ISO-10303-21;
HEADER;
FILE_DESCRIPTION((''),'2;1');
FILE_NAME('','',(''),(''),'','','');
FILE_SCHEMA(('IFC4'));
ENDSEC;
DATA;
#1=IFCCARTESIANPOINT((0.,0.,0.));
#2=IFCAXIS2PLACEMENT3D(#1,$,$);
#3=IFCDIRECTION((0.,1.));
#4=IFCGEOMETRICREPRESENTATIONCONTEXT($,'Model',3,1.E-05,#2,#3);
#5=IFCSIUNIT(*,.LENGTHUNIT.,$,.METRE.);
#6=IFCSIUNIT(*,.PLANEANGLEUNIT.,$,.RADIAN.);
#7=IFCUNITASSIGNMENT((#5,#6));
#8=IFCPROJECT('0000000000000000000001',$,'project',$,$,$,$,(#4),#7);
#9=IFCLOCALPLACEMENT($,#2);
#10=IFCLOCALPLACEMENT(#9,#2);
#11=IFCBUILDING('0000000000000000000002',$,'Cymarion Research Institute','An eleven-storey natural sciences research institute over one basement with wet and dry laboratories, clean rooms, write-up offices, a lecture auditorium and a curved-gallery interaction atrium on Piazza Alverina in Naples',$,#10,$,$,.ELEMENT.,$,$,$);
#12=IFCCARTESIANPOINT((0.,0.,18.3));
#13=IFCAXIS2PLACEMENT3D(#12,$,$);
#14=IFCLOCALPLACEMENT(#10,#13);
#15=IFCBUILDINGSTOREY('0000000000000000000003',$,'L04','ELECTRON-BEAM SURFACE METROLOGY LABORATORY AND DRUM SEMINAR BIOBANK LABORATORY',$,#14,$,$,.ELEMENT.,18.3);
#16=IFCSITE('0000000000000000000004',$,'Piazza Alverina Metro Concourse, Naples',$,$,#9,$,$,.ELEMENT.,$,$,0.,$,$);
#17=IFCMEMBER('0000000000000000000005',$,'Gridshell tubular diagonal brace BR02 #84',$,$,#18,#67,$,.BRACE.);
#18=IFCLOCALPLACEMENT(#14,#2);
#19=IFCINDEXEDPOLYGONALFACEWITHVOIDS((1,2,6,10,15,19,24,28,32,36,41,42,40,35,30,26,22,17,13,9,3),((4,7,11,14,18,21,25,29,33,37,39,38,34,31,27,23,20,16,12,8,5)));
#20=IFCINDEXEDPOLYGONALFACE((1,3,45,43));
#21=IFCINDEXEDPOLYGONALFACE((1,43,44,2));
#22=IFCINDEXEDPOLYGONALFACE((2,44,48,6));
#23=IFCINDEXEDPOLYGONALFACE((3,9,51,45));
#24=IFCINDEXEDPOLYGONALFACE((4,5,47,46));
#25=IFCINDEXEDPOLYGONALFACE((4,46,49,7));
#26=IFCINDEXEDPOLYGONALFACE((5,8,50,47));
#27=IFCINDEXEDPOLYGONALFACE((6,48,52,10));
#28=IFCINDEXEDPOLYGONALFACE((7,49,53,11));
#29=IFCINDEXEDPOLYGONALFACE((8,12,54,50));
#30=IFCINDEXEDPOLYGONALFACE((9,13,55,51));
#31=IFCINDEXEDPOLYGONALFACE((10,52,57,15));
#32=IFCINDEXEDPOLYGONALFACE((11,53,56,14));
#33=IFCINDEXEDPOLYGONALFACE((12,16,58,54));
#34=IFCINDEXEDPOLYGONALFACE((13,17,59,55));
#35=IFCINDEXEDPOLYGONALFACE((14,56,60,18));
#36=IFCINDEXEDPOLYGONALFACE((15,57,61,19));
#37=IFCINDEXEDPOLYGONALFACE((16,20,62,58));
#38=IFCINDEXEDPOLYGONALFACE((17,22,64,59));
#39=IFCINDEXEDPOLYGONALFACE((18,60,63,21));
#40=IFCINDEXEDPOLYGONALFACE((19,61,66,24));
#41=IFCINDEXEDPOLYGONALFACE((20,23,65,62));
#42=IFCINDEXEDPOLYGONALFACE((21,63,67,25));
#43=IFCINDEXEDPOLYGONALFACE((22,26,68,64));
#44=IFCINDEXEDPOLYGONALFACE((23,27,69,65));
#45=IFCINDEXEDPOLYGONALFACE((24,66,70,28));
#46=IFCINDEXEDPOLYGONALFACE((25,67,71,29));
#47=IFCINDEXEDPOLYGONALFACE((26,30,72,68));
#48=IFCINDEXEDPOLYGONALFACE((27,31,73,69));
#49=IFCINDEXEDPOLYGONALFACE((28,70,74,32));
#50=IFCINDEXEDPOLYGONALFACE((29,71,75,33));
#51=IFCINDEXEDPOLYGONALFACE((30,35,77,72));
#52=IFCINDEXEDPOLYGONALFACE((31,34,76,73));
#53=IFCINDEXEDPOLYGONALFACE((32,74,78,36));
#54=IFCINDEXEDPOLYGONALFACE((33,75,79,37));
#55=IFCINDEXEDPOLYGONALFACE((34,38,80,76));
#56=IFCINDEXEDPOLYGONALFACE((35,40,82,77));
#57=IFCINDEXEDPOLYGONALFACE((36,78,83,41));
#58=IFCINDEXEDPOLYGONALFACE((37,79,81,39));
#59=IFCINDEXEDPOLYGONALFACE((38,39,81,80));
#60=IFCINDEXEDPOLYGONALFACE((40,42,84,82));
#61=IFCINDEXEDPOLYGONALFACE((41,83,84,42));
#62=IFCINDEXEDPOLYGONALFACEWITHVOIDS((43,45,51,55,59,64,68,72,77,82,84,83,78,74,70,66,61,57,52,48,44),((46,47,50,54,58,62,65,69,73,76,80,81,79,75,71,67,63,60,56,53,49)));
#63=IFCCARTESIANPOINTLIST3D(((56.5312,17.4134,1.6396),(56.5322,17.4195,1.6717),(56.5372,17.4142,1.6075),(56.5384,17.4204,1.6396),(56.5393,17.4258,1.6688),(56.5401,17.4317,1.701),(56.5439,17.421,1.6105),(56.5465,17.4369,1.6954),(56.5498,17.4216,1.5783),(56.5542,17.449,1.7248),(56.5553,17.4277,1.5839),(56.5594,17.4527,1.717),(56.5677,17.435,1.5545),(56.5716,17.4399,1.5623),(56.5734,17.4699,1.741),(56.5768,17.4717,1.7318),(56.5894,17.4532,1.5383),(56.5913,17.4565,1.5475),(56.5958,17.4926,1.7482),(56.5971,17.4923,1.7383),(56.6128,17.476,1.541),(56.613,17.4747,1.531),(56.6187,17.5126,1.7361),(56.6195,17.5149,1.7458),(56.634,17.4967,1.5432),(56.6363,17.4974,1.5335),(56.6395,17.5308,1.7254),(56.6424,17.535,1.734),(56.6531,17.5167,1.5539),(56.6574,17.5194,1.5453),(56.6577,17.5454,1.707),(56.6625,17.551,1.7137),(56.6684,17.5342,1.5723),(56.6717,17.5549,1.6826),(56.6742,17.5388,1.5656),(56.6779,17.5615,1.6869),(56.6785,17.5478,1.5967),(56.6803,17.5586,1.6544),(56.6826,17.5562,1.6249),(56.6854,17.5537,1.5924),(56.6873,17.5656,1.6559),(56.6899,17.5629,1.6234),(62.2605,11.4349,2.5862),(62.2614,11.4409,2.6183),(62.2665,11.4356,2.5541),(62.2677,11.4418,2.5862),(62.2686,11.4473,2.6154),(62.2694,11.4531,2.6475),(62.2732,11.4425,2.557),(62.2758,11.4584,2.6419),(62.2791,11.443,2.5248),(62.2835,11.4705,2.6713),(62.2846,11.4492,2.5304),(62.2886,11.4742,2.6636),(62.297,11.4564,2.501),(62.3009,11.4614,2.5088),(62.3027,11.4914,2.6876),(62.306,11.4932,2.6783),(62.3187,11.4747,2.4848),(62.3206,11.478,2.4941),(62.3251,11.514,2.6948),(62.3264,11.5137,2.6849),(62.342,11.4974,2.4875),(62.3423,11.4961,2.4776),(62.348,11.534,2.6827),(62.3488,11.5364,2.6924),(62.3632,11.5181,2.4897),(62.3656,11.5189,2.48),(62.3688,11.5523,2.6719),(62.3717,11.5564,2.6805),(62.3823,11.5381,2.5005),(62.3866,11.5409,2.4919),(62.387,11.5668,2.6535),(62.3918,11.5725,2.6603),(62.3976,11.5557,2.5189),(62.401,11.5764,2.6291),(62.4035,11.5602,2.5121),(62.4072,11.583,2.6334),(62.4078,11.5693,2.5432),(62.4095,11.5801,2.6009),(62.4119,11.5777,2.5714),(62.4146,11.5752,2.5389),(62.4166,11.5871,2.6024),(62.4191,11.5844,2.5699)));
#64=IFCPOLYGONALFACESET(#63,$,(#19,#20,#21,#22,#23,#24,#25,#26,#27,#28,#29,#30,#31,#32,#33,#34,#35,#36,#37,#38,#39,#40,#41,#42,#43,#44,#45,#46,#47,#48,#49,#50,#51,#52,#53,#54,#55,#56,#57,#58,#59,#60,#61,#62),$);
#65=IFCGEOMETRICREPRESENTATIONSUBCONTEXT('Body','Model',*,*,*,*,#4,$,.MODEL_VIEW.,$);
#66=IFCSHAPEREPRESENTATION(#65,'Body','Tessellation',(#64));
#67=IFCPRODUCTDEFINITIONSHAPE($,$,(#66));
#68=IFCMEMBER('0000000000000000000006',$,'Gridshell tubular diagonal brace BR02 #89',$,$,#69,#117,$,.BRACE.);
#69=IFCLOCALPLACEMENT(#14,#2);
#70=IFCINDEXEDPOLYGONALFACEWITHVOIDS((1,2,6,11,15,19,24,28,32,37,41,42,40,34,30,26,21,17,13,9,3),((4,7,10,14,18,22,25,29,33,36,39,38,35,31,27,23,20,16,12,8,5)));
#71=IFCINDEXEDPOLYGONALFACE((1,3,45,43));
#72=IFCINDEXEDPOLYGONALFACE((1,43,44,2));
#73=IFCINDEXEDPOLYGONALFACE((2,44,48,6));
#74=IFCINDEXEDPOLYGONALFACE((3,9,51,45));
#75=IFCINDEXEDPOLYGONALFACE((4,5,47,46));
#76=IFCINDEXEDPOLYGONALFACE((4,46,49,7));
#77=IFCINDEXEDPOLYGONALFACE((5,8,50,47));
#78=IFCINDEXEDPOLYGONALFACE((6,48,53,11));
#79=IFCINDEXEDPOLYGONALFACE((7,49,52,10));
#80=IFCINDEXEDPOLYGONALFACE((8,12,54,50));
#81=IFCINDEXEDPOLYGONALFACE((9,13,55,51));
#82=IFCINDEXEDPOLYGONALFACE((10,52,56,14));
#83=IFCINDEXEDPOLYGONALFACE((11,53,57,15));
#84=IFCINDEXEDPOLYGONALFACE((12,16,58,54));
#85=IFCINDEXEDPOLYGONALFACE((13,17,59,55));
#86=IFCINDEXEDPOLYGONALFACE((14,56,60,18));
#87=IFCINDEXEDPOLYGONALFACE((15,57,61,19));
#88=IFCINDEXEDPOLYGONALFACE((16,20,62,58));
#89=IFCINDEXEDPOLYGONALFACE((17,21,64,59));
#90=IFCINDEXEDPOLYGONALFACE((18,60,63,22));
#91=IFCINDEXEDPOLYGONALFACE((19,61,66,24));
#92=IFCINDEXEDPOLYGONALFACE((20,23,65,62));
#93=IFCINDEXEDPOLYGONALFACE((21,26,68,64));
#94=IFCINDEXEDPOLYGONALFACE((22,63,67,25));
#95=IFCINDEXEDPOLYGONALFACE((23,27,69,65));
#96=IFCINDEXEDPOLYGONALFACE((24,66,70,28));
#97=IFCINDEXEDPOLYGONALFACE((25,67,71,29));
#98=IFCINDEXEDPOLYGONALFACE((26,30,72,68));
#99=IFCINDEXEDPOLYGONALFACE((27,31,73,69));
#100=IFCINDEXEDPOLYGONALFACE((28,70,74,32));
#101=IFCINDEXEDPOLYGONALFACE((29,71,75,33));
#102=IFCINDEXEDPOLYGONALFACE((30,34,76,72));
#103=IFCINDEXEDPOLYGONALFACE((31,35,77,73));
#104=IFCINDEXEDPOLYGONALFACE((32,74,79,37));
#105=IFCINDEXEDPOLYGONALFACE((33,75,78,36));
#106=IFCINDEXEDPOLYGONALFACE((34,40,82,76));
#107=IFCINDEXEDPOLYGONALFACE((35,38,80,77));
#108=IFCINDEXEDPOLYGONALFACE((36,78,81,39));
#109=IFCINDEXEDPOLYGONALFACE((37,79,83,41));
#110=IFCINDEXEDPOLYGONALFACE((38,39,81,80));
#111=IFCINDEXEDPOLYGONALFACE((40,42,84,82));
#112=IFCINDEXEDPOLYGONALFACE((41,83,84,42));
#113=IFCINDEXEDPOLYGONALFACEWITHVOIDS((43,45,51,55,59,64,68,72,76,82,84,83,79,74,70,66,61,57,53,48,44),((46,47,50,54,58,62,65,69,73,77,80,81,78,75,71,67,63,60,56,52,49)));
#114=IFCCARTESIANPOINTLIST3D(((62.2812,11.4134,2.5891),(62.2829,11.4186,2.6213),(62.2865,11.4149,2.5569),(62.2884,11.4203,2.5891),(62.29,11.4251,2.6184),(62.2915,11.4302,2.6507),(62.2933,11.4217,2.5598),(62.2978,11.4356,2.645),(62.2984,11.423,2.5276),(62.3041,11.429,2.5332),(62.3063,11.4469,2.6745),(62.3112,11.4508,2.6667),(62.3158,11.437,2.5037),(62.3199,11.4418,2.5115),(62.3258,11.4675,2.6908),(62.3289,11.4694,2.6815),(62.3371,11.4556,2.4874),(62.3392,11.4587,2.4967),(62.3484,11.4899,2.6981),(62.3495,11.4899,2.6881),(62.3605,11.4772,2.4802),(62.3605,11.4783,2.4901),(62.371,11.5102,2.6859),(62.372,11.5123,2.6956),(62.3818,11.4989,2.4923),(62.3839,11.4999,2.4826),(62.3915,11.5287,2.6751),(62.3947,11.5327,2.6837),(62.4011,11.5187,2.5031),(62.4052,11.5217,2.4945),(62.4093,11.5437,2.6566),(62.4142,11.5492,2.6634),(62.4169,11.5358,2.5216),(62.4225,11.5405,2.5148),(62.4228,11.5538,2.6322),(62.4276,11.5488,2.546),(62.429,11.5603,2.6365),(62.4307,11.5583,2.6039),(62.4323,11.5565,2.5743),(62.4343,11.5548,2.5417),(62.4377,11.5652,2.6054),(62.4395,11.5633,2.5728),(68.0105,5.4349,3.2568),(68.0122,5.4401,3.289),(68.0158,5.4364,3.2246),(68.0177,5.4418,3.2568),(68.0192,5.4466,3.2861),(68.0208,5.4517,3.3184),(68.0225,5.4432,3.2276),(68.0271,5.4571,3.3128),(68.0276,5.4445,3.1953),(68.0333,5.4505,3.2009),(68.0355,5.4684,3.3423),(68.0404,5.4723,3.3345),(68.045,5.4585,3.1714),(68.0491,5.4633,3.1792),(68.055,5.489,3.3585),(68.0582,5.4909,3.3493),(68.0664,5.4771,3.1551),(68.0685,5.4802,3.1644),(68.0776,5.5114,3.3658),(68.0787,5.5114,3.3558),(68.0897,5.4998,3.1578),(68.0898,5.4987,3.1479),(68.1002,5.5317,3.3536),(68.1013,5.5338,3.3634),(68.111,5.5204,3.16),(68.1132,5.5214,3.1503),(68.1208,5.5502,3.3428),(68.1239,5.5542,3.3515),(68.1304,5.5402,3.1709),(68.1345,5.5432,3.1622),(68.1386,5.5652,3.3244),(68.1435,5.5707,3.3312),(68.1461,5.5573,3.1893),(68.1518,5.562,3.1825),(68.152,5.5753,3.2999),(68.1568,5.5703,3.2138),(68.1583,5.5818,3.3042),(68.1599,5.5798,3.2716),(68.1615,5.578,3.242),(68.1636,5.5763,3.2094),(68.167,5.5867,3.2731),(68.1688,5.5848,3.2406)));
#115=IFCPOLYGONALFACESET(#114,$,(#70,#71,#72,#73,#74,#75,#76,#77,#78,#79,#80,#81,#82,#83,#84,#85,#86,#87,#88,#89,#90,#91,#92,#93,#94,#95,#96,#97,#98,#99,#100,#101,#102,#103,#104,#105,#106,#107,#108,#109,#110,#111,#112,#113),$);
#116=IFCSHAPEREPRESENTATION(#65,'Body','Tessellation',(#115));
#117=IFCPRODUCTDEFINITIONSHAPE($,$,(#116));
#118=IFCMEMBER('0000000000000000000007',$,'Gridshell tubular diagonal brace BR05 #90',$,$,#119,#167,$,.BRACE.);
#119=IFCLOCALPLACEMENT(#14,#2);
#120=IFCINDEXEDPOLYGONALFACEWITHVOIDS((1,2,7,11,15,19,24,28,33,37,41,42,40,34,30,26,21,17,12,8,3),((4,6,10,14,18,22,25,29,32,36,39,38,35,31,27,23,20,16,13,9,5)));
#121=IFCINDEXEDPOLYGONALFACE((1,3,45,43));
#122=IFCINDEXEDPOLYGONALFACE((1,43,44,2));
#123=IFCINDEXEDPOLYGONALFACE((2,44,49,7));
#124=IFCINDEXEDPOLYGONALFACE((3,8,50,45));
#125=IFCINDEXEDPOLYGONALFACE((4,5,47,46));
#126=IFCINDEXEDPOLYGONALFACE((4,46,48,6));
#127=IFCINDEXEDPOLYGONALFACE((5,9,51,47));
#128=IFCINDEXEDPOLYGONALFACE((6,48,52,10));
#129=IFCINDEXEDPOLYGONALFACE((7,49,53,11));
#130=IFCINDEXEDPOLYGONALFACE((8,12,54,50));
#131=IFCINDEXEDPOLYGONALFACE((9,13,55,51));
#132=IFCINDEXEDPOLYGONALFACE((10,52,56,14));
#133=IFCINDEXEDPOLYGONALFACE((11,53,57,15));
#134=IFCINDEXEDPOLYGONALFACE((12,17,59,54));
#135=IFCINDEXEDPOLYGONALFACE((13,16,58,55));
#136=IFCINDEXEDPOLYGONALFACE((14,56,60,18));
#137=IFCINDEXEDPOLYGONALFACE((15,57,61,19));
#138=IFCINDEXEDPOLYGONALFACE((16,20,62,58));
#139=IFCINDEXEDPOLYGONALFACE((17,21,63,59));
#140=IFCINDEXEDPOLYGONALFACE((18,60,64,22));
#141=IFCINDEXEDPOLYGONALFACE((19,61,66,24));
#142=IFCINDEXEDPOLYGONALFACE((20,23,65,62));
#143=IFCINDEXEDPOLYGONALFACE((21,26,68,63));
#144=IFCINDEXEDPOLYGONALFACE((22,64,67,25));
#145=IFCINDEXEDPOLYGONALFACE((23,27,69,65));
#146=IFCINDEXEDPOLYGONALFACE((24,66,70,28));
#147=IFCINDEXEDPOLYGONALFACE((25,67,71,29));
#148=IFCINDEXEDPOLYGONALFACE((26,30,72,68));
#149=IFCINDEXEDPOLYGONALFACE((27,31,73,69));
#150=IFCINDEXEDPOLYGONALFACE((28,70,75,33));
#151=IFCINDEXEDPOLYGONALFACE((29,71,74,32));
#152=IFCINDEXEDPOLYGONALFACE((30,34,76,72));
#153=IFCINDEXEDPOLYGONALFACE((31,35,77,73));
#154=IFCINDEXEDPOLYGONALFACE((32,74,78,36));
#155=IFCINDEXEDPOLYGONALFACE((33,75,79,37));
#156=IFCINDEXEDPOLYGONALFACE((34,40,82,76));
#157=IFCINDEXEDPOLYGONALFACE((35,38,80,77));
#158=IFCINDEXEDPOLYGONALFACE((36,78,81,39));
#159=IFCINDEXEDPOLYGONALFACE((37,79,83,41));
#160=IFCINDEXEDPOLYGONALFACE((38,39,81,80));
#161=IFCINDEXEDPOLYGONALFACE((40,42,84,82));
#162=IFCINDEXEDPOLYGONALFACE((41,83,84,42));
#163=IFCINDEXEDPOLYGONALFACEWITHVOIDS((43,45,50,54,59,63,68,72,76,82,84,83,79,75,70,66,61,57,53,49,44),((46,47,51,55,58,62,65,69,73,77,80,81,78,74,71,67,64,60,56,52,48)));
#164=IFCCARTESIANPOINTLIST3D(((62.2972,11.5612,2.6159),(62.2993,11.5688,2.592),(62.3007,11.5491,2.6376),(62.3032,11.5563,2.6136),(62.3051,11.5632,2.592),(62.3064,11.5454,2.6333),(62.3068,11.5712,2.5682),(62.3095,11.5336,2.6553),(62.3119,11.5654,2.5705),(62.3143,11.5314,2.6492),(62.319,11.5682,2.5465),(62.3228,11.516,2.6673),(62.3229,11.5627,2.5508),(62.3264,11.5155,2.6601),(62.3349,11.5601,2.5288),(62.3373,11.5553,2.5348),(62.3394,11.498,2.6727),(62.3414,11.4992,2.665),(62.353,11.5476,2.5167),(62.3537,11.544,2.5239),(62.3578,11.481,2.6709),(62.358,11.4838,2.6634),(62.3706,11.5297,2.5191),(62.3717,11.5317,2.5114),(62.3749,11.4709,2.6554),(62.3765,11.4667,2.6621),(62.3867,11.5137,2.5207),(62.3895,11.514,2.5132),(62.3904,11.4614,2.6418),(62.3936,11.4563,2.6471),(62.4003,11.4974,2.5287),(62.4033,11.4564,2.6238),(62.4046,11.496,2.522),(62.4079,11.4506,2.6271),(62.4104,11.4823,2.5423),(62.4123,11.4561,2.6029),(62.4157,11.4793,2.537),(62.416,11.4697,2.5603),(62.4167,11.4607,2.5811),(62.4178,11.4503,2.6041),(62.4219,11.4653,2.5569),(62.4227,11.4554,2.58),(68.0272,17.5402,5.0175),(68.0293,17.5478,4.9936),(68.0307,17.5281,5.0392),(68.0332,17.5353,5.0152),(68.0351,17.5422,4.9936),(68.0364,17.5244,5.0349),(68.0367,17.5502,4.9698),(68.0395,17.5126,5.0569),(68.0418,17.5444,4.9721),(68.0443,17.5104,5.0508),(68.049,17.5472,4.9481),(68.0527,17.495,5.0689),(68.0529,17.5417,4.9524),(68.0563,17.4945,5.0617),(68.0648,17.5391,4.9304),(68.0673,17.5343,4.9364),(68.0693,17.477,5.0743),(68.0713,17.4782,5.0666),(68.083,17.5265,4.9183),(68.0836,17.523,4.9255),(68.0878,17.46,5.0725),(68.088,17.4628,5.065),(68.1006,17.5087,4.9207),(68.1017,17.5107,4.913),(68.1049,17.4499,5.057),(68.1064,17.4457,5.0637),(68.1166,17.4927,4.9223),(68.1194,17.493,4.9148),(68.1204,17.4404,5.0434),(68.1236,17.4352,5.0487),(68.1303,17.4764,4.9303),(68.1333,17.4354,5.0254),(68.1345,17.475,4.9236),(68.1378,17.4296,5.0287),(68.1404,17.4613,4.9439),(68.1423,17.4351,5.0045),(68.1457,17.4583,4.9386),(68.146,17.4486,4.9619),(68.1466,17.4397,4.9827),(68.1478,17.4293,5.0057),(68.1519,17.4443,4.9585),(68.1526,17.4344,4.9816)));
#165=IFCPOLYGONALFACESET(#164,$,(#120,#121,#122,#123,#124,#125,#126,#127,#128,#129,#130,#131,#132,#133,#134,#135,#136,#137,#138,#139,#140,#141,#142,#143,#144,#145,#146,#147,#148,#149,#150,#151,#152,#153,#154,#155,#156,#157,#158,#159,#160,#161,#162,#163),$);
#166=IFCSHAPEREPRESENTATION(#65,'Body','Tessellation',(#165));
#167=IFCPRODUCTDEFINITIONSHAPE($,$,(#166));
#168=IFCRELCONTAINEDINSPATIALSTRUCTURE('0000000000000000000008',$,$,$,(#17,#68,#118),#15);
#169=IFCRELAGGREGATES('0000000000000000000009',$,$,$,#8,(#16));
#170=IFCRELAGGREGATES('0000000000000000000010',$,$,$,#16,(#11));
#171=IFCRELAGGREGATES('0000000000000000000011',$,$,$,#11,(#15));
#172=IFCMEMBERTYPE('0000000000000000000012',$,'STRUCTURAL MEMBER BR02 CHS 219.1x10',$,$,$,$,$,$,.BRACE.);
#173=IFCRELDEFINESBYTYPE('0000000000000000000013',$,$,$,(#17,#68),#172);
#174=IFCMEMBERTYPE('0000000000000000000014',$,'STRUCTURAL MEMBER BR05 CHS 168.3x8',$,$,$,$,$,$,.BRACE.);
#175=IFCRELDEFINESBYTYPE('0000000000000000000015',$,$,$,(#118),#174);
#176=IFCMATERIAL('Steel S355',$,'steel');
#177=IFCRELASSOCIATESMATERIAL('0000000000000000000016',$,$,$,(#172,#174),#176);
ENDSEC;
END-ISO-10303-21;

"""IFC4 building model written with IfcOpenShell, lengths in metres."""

from ifc_helpers import new_model, si_unit, direction, frame, origin, origin_2d, place, context, subcontext, project, spatial, hollow_circle, extrude, material, material_profile, profile_set, type_object, element, save


model = new_model("IFC4")

# Units and contexts
model_context = context("Model", 3, precision=1e-05, world=origin(), true_north=direction((0.0, 1.0)))
body_context = subcontext(model_context, "Body", "Model", "MODEL_VIEW")
ifc_project = project(units=[si_unit("LENGTHUNIT", "METRE"), si_unit("PLANEANGLEUNIT", "RADIAN")], contexts=[model_context])

# Site, building, storey
site_placement = place(None, origin())
site = spatial("IfcSite", under=ifc_project, at=site_placement, Name="Piazza Alverina Metro Concourse, Naples", CompositionType="ELEMENT", RefElevation=0.0)
building_placement = place(site_placement, origin())
building = spatial("IfcBuilding", under=site, at=building_placement, Name="Cymarion Research Institute", Description="An eleven-storey natural sciences research institute over one basement with wet and dry laboratories, clean rooms, write-up offices, a lecture auditorium and a curved-gallery interaction atrium on Piazza Alverina in Naples", CompositionType="ELEMENT")
storey_placement = place(building_placement, frame((0.0, 0.0, 18.3)))
storey = spatial("IfcBuildingStorey", under=building, at=storey_placement, Name="L04", Description="ELECTRON-BEAM SURFACE METROLOGY LABORATORY AND DRUM SEMINAR BIOBANK LABORATORY", CompositionType="ELEMENT", Elevation=18.3)

# Shared definitions
ifc_material_1 = material(Name="Steel S355", Category="steel")

# Members
ifc_material_profile_1 = material_profile(ifc_material_1, hollow_circle(Radius=0.1096, WallThickness=0.01, at=origin_2d()), Name="CHS 219.1x10")
ifc_profile_set_1 = profile_set([ifc_material_profile_1], Name="Steel S355")
member_type_1 = type_object("IfcMemberType", Name="STRUCTURAL MEMBER BR02 CHS 219.1x10", PredefinedType="BRACE", material=ifc_profile_set_1)
member_1_placement = place(storey_placement, frame((62.3396, 11.5107, 2.5862), z_axis=(-0.687419, 0.717327, -0.113569), x_axis=(-0.721998, -0.691895, 0.0)))
element("IfcMember", 1, at=member_1_placement, inside=storey, type_object=member_type_1, Name="Gridshell tubular diagonal brace BR02 #84", PredefinedType="BRACE", context=body_context, shape_type="SweptSolid", body=[
    extrude(hollow_circle(Radius=0.1096, WallThickness=0.01, at=origin_2d()), origin(), (0.0, 0.0, 1.0), 8.3345),
])
member_2_placement = place(storey_placement, frame((68.0896, 5.5107, 3.2568), z_axis=(-0.689657, 0.719662, -0.080377), x_axis=(-0.721998, -0.691895, 0.0)))
element("IfcMember", 2, at=member_2_placement, inside=storey, type_object=member_type_1, Name="Gridshell tubular diagonal brace BR02 #89", PredefinedType="BRACE", context=body_context, shape_type="SweptSolid", body=[
    extrude(hollow_circle(Radius=0.1096, WallThickness=0.01, at=origin_2d()), origin(), (0.0, 0.0, 1.0), 8.3074),
])
ifc_material_profile_2 = material_profile(ifc_material_1, hollow_circle(Radius=0.0842, WallThickness=0.0081, at=origin_2d()), Name="CHS 168.3x8")
ifc_profile_set_2 = profile_set([ifc_material_profile_2], Name="Steel S355")
member_type_2 = type_object("IfcMemberType", Name="STRUCTURAL MEMBER BR05 CHS 168.3x8", PredefinedType="BRACE", material=ifc_profile_set_2)
member_3_placement = place(storey_placement, frame((62.3601, 11.5105, 2.592), z_axis=(0.664532, 0.693412, 0.278526), x_axis=(-0.721982, 0.691912, 0.0)))
element("IfcMember", 3, at=member_3_placement, inside=storey, type_object=member_type_2, Name="Gridshell tubular diagonal brace BR05 #90", PredefinedType="BRACE", context=body_context, shape_type="SweptSolid", body=[
    extrude(hollow_circle(Radius=0.0842, WallThickness=0.0081, at=origin_2d()), origin(), (0.0, 0.0, 1.0), 8.6226),
])

save(model, "model.ifc")
